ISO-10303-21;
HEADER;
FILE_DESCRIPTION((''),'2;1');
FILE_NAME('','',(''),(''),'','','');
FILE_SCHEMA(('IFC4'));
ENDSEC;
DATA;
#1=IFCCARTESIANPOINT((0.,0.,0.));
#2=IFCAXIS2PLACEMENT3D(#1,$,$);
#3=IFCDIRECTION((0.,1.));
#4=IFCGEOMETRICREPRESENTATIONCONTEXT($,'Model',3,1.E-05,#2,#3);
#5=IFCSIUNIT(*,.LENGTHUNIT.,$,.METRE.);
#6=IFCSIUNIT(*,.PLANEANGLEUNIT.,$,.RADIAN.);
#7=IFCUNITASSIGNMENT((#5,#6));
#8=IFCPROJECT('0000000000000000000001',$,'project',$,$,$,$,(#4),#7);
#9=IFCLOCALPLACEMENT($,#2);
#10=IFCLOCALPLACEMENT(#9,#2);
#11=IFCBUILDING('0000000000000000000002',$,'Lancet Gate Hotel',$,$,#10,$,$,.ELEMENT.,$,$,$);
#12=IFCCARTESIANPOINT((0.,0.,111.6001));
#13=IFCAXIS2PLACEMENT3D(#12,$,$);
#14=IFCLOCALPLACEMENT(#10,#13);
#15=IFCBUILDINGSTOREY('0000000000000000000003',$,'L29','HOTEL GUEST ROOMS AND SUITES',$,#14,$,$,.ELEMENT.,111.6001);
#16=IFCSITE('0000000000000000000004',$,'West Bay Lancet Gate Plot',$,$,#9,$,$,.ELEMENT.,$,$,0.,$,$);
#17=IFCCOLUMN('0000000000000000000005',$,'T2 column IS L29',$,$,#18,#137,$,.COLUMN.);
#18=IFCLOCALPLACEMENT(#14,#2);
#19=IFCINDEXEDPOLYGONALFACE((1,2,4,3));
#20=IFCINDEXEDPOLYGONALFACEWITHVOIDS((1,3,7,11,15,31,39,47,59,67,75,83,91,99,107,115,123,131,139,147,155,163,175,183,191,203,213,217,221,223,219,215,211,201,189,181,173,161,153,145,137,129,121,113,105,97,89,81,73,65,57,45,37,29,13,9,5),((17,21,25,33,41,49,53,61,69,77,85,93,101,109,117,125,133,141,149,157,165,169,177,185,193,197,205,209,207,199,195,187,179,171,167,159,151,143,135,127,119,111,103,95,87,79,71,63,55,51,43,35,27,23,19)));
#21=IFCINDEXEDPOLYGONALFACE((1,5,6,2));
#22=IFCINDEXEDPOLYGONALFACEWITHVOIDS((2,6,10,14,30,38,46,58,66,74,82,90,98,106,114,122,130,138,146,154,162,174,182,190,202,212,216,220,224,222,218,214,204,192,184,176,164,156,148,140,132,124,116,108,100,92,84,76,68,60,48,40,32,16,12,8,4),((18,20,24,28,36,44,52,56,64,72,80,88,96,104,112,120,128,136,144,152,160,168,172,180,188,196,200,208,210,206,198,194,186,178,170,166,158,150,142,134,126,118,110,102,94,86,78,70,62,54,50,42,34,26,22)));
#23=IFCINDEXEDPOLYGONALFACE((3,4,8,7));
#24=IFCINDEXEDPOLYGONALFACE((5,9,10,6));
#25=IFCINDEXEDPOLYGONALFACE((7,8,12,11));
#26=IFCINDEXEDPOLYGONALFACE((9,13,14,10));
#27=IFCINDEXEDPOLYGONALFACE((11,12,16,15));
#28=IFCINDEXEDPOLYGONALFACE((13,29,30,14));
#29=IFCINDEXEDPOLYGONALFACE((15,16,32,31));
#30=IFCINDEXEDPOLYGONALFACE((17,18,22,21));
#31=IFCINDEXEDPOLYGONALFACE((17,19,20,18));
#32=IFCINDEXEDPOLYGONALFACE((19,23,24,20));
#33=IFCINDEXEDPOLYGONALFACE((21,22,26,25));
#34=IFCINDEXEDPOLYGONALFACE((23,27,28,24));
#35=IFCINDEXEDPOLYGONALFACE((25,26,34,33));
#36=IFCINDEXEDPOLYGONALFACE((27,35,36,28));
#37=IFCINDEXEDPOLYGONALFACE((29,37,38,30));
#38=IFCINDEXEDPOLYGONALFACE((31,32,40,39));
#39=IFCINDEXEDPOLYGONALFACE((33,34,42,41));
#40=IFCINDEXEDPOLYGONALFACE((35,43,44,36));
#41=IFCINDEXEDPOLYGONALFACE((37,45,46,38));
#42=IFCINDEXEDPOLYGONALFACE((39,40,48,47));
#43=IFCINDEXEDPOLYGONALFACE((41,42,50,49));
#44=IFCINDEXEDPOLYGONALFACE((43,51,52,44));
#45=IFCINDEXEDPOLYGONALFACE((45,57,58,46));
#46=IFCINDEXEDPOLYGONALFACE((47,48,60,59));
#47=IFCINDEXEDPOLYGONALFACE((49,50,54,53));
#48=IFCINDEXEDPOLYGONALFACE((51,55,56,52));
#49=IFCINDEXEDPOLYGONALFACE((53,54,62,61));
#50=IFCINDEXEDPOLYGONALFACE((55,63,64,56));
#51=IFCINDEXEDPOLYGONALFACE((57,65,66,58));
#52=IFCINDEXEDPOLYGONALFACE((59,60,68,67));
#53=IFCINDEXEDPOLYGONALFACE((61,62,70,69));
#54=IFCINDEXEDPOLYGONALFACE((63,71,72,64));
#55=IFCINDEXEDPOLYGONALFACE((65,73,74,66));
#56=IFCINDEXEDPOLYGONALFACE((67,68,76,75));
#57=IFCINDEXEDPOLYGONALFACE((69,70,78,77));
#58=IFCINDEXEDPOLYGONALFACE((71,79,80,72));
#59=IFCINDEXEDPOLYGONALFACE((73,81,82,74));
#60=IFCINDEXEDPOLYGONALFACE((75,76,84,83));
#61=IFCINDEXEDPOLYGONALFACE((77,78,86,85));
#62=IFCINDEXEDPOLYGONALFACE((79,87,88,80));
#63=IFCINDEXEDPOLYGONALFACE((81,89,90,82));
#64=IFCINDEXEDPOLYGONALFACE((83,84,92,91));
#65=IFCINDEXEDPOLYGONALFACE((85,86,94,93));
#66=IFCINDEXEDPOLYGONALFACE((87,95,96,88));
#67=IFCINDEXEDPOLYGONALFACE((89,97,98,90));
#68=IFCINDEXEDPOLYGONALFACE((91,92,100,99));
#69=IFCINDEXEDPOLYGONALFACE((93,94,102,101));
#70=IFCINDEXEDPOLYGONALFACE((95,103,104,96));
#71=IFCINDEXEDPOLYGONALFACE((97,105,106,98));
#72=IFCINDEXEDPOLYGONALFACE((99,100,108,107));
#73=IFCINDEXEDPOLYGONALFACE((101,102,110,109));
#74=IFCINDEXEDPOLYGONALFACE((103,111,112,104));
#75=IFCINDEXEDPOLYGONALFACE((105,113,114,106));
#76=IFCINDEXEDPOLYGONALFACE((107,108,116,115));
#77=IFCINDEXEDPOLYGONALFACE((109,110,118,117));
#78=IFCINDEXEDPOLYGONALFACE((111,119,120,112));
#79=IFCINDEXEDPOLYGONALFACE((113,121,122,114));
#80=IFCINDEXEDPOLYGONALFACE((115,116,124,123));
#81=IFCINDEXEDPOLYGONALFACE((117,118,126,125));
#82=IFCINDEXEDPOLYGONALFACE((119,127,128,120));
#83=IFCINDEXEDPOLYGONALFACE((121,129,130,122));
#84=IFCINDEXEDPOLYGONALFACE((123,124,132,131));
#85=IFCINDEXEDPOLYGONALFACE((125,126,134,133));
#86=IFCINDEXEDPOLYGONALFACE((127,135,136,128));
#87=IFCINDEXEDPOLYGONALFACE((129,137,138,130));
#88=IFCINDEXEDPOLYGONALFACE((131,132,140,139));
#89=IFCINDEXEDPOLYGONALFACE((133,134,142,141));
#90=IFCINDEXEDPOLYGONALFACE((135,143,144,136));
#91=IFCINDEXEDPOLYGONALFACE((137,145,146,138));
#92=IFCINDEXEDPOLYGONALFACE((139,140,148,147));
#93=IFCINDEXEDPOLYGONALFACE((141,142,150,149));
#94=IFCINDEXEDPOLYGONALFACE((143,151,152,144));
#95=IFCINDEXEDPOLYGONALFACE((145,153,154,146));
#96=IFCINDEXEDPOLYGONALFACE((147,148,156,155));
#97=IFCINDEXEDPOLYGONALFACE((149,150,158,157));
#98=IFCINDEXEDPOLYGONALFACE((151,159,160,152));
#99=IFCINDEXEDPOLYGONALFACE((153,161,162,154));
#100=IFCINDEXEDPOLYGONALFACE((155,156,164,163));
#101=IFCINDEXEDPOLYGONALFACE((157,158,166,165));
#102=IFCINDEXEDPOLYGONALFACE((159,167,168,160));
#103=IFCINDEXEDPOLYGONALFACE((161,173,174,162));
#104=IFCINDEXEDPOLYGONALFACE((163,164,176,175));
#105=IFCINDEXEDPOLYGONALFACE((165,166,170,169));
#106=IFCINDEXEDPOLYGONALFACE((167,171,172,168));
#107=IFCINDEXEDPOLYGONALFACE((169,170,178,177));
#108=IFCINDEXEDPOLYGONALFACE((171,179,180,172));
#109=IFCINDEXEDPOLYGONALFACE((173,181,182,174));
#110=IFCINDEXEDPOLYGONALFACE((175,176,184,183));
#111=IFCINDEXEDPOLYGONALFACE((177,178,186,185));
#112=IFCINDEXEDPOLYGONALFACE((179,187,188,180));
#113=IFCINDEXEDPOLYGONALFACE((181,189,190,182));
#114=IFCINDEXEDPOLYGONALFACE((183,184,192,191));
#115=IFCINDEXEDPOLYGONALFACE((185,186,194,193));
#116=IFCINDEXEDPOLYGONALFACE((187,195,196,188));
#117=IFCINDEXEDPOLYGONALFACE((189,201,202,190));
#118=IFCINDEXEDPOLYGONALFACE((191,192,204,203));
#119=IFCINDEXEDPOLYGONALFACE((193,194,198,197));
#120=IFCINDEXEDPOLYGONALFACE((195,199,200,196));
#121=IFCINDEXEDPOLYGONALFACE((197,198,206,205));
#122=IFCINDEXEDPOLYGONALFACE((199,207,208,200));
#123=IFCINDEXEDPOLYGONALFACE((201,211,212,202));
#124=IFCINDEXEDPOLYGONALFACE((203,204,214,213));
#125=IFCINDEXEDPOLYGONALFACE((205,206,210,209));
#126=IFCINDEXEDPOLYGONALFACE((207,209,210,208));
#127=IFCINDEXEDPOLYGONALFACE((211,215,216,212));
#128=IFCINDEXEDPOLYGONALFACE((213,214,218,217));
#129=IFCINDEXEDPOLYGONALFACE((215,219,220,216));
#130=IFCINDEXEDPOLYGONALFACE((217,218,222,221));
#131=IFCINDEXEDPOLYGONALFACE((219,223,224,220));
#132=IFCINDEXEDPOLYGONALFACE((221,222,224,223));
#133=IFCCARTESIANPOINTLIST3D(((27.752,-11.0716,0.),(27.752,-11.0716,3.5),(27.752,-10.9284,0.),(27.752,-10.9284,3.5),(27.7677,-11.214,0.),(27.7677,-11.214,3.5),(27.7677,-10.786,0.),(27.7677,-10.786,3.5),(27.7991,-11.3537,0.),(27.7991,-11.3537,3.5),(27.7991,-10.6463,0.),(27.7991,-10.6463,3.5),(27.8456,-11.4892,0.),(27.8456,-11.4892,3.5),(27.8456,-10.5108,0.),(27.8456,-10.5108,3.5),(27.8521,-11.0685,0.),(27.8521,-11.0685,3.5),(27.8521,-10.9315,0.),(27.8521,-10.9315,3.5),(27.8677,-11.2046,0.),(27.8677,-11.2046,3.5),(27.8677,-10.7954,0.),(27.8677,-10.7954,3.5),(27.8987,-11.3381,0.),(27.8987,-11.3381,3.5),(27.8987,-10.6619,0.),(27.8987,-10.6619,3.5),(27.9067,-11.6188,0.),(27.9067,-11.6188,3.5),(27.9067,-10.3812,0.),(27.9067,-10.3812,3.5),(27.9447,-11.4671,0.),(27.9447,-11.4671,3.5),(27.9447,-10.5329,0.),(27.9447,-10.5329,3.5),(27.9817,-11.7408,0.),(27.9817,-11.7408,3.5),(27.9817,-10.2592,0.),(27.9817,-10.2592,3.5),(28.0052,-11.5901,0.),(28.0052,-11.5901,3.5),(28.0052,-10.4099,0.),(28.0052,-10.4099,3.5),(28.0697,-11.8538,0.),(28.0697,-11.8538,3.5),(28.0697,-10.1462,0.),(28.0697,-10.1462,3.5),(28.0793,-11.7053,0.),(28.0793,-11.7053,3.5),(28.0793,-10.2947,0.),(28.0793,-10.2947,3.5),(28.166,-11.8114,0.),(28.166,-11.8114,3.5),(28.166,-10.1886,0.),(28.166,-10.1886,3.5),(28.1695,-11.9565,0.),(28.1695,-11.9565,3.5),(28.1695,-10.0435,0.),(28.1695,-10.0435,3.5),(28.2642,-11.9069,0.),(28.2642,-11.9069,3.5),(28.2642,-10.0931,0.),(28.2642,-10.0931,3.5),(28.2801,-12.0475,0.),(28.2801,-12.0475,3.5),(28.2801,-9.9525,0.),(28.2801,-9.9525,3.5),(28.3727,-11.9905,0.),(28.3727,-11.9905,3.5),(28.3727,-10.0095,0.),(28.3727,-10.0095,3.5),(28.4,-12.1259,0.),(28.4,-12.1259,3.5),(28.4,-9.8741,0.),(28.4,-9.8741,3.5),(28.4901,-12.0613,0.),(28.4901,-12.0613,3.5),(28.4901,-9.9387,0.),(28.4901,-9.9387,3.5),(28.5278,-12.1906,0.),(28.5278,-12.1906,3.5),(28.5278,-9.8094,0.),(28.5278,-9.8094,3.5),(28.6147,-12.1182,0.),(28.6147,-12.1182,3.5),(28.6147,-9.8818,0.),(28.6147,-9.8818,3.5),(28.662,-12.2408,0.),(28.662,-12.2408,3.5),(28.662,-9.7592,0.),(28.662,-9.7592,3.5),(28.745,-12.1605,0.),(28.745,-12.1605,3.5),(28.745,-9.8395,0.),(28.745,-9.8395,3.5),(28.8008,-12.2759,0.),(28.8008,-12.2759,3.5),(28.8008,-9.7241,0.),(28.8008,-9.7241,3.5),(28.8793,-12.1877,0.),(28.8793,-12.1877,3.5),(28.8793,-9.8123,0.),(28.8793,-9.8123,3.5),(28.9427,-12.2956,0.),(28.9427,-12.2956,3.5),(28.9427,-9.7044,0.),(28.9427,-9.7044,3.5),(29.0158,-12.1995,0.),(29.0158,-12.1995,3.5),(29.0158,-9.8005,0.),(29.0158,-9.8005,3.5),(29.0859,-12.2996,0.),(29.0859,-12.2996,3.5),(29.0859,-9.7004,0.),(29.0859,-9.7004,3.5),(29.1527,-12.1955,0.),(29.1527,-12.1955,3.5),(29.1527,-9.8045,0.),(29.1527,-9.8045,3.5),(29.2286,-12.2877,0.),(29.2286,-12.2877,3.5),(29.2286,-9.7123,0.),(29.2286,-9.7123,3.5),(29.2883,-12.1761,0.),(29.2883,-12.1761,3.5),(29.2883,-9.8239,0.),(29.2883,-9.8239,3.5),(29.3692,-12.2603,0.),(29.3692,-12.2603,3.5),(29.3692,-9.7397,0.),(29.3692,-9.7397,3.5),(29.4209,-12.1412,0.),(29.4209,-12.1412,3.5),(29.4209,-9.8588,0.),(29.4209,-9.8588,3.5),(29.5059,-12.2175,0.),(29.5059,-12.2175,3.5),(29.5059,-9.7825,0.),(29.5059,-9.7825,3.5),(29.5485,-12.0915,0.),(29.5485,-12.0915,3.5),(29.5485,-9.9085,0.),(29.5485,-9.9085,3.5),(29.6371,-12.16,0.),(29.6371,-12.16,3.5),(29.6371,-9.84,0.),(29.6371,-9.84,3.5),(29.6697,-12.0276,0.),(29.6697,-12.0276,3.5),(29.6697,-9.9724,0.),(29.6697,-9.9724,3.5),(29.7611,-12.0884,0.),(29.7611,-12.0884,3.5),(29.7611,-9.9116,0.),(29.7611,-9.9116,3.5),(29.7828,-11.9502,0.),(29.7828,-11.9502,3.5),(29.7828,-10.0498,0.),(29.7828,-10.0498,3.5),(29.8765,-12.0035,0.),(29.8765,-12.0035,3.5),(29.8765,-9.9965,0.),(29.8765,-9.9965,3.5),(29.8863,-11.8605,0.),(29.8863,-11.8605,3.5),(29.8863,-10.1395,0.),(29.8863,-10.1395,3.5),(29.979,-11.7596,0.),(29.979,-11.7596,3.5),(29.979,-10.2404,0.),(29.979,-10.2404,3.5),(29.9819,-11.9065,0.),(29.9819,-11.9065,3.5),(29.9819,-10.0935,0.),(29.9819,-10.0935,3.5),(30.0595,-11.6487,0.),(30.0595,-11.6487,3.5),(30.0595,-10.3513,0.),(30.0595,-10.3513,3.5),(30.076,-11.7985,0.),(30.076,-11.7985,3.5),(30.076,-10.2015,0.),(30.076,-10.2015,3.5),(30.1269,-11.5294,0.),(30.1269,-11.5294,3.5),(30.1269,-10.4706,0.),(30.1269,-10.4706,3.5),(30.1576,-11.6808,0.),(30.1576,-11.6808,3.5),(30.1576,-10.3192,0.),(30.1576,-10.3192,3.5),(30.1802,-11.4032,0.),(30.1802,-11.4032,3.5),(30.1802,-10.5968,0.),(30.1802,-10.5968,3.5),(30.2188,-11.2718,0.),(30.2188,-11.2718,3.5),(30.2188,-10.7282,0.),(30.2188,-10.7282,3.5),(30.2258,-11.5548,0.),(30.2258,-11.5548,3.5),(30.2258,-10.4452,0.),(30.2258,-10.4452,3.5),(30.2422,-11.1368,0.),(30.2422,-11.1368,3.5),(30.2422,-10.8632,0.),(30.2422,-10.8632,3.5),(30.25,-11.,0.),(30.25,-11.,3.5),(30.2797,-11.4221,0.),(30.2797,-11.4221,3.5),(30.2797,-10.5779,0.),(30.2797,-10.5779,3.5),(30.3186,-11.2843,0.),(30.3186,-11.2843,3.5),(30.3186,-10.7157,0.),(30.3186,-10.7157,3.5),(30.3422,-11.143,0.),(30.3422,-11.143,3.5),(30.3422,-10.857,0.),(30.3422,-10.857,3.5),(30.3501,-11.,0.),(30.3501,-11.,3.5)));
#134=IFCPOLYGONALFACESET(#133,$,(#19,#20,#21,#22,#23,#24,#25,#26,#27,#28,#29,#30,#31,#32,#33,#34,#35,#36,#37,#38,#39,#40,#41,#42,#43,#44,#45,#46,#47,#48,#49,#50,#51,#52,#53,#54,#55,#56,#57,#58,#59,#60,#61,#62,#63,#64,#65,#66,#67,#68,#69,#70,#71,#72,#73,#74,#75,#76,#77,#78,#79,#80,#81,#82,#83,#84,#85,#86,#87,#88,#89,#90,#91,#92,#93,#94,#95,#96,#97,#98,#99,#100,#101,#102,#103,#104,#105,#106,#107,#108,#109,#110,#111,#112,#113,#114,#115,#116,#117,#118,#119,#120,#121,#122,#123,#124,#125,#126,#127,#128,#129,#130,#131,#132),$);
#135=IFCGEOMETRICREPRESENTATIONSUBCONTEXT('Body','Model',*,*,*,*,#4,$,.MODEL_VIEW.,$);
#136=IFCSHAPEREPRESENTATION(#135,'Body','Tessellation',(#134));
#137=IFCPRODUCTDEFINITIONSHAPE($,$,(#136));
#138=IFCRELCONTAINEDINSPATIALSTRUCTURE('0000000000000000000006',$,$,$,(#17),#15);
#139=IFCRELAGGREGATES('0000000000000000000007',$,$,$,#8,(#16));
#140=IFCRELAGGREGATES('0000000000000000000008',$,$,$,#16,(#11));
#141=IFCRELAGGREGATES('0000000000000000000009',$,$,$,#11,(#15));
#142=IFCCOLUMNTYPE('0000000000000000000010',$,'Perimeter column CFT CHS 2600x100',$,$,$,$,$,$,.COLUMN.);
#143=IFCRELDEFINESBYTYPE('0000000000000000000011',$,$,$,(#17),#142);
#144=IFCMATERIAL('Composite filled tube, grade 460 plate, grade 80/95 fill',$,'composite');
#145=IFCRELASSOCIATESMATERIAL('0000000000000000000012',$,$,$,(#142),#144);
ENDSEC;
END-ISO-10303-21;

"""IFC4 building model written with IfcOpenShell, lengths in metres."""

from ifc_helpers import new_model, si_unit, direction, frame, origin, origin_2d, place, context, subcontext, project, spatial, hollow_circle, extrude, material, material_profile, profile_set, type_object, element, save


model = new_model("IFC4")

# Units and contexts
model_context = context("Model", 3, precision=1e-05, world=origin(), true_north=direction((0.0, 1.0)))
body_context = subcontext(model_context, "Body", "Model", "MODEL_VIEW")
ifc_project = project(units=[si_unit("LENGTHUNIT", "METRE"), si_unit("PLANEANGLEUNIT", "RADIAN")], contexts=[model_context])

# Site, building, storey
site_placement = place(None, origin())
site = spatial("IfcSite", under=ifc_project, at=site_placement, Name="West Bay Lancet Gate Plot", CompositionType="ELEMENT", RefElevation=0.0)
building_placement = place(site_placement, origin())
building = spatial("IfcBuilding", under=site, at=building_placement, Name="Lancet Gate Hotel", CompositionType="ELEMENT")
storey_placement = place(building_placement, frame((0.0, 0.0, 111.6001)))
storey = spatial("IfcBuildingStorey", under=building, at=storey_placement, Name="L29", Description="HOTEL GUEST ROOMS AND SUITES", CompositionType="ELEMENT", Elevation=111.6001)

# Column
ifc_material_1 = material(Name="Composite filled tube, grade 460 plate, grade 80/95 fill", Category="composite")
ifc_material_profile_1 = material_profile(ifc_material_1, hollow_circle(Radius=1.3, WallThickness=0.1001, at=origin_2d()), Name="CHS 2600x100")
ifc_profile_set_1 = profile_set([ifc_material_profile_1], Name="Composite filled tube, grade 460 plate, grade 80/95 fill")
column_type = type_object("IfcColumnType", Name="Perimeter column CFT CHS 2600x100", PredefinedType="COLUMN", material=ifc_profile_set_1)
for number, where, z_axis, x_axis, name in (
    (1, (29.05, -11.0, 0.0), (0.0, 0.0, 1.0), (1.0, 0.0, 0.0), "T2 column IS L29"),
):
    element("IfcColumn", number, at=place(storey_placement, frame(where, z_axis=z_axis, x_axis=x_axis)), inside=storey, type_object=column_type, Name=name, PredefinedType="COLUMN", context=body_context, shape_type="SweptSolid", body=[
        extrude(hollow_circle(Radius=1.3, WallThickness=0.1001, at=origin_2d()), origin(), (0.0, 0.0, 1.0), 3.5),
    ])

save(model, "model.ifc")
